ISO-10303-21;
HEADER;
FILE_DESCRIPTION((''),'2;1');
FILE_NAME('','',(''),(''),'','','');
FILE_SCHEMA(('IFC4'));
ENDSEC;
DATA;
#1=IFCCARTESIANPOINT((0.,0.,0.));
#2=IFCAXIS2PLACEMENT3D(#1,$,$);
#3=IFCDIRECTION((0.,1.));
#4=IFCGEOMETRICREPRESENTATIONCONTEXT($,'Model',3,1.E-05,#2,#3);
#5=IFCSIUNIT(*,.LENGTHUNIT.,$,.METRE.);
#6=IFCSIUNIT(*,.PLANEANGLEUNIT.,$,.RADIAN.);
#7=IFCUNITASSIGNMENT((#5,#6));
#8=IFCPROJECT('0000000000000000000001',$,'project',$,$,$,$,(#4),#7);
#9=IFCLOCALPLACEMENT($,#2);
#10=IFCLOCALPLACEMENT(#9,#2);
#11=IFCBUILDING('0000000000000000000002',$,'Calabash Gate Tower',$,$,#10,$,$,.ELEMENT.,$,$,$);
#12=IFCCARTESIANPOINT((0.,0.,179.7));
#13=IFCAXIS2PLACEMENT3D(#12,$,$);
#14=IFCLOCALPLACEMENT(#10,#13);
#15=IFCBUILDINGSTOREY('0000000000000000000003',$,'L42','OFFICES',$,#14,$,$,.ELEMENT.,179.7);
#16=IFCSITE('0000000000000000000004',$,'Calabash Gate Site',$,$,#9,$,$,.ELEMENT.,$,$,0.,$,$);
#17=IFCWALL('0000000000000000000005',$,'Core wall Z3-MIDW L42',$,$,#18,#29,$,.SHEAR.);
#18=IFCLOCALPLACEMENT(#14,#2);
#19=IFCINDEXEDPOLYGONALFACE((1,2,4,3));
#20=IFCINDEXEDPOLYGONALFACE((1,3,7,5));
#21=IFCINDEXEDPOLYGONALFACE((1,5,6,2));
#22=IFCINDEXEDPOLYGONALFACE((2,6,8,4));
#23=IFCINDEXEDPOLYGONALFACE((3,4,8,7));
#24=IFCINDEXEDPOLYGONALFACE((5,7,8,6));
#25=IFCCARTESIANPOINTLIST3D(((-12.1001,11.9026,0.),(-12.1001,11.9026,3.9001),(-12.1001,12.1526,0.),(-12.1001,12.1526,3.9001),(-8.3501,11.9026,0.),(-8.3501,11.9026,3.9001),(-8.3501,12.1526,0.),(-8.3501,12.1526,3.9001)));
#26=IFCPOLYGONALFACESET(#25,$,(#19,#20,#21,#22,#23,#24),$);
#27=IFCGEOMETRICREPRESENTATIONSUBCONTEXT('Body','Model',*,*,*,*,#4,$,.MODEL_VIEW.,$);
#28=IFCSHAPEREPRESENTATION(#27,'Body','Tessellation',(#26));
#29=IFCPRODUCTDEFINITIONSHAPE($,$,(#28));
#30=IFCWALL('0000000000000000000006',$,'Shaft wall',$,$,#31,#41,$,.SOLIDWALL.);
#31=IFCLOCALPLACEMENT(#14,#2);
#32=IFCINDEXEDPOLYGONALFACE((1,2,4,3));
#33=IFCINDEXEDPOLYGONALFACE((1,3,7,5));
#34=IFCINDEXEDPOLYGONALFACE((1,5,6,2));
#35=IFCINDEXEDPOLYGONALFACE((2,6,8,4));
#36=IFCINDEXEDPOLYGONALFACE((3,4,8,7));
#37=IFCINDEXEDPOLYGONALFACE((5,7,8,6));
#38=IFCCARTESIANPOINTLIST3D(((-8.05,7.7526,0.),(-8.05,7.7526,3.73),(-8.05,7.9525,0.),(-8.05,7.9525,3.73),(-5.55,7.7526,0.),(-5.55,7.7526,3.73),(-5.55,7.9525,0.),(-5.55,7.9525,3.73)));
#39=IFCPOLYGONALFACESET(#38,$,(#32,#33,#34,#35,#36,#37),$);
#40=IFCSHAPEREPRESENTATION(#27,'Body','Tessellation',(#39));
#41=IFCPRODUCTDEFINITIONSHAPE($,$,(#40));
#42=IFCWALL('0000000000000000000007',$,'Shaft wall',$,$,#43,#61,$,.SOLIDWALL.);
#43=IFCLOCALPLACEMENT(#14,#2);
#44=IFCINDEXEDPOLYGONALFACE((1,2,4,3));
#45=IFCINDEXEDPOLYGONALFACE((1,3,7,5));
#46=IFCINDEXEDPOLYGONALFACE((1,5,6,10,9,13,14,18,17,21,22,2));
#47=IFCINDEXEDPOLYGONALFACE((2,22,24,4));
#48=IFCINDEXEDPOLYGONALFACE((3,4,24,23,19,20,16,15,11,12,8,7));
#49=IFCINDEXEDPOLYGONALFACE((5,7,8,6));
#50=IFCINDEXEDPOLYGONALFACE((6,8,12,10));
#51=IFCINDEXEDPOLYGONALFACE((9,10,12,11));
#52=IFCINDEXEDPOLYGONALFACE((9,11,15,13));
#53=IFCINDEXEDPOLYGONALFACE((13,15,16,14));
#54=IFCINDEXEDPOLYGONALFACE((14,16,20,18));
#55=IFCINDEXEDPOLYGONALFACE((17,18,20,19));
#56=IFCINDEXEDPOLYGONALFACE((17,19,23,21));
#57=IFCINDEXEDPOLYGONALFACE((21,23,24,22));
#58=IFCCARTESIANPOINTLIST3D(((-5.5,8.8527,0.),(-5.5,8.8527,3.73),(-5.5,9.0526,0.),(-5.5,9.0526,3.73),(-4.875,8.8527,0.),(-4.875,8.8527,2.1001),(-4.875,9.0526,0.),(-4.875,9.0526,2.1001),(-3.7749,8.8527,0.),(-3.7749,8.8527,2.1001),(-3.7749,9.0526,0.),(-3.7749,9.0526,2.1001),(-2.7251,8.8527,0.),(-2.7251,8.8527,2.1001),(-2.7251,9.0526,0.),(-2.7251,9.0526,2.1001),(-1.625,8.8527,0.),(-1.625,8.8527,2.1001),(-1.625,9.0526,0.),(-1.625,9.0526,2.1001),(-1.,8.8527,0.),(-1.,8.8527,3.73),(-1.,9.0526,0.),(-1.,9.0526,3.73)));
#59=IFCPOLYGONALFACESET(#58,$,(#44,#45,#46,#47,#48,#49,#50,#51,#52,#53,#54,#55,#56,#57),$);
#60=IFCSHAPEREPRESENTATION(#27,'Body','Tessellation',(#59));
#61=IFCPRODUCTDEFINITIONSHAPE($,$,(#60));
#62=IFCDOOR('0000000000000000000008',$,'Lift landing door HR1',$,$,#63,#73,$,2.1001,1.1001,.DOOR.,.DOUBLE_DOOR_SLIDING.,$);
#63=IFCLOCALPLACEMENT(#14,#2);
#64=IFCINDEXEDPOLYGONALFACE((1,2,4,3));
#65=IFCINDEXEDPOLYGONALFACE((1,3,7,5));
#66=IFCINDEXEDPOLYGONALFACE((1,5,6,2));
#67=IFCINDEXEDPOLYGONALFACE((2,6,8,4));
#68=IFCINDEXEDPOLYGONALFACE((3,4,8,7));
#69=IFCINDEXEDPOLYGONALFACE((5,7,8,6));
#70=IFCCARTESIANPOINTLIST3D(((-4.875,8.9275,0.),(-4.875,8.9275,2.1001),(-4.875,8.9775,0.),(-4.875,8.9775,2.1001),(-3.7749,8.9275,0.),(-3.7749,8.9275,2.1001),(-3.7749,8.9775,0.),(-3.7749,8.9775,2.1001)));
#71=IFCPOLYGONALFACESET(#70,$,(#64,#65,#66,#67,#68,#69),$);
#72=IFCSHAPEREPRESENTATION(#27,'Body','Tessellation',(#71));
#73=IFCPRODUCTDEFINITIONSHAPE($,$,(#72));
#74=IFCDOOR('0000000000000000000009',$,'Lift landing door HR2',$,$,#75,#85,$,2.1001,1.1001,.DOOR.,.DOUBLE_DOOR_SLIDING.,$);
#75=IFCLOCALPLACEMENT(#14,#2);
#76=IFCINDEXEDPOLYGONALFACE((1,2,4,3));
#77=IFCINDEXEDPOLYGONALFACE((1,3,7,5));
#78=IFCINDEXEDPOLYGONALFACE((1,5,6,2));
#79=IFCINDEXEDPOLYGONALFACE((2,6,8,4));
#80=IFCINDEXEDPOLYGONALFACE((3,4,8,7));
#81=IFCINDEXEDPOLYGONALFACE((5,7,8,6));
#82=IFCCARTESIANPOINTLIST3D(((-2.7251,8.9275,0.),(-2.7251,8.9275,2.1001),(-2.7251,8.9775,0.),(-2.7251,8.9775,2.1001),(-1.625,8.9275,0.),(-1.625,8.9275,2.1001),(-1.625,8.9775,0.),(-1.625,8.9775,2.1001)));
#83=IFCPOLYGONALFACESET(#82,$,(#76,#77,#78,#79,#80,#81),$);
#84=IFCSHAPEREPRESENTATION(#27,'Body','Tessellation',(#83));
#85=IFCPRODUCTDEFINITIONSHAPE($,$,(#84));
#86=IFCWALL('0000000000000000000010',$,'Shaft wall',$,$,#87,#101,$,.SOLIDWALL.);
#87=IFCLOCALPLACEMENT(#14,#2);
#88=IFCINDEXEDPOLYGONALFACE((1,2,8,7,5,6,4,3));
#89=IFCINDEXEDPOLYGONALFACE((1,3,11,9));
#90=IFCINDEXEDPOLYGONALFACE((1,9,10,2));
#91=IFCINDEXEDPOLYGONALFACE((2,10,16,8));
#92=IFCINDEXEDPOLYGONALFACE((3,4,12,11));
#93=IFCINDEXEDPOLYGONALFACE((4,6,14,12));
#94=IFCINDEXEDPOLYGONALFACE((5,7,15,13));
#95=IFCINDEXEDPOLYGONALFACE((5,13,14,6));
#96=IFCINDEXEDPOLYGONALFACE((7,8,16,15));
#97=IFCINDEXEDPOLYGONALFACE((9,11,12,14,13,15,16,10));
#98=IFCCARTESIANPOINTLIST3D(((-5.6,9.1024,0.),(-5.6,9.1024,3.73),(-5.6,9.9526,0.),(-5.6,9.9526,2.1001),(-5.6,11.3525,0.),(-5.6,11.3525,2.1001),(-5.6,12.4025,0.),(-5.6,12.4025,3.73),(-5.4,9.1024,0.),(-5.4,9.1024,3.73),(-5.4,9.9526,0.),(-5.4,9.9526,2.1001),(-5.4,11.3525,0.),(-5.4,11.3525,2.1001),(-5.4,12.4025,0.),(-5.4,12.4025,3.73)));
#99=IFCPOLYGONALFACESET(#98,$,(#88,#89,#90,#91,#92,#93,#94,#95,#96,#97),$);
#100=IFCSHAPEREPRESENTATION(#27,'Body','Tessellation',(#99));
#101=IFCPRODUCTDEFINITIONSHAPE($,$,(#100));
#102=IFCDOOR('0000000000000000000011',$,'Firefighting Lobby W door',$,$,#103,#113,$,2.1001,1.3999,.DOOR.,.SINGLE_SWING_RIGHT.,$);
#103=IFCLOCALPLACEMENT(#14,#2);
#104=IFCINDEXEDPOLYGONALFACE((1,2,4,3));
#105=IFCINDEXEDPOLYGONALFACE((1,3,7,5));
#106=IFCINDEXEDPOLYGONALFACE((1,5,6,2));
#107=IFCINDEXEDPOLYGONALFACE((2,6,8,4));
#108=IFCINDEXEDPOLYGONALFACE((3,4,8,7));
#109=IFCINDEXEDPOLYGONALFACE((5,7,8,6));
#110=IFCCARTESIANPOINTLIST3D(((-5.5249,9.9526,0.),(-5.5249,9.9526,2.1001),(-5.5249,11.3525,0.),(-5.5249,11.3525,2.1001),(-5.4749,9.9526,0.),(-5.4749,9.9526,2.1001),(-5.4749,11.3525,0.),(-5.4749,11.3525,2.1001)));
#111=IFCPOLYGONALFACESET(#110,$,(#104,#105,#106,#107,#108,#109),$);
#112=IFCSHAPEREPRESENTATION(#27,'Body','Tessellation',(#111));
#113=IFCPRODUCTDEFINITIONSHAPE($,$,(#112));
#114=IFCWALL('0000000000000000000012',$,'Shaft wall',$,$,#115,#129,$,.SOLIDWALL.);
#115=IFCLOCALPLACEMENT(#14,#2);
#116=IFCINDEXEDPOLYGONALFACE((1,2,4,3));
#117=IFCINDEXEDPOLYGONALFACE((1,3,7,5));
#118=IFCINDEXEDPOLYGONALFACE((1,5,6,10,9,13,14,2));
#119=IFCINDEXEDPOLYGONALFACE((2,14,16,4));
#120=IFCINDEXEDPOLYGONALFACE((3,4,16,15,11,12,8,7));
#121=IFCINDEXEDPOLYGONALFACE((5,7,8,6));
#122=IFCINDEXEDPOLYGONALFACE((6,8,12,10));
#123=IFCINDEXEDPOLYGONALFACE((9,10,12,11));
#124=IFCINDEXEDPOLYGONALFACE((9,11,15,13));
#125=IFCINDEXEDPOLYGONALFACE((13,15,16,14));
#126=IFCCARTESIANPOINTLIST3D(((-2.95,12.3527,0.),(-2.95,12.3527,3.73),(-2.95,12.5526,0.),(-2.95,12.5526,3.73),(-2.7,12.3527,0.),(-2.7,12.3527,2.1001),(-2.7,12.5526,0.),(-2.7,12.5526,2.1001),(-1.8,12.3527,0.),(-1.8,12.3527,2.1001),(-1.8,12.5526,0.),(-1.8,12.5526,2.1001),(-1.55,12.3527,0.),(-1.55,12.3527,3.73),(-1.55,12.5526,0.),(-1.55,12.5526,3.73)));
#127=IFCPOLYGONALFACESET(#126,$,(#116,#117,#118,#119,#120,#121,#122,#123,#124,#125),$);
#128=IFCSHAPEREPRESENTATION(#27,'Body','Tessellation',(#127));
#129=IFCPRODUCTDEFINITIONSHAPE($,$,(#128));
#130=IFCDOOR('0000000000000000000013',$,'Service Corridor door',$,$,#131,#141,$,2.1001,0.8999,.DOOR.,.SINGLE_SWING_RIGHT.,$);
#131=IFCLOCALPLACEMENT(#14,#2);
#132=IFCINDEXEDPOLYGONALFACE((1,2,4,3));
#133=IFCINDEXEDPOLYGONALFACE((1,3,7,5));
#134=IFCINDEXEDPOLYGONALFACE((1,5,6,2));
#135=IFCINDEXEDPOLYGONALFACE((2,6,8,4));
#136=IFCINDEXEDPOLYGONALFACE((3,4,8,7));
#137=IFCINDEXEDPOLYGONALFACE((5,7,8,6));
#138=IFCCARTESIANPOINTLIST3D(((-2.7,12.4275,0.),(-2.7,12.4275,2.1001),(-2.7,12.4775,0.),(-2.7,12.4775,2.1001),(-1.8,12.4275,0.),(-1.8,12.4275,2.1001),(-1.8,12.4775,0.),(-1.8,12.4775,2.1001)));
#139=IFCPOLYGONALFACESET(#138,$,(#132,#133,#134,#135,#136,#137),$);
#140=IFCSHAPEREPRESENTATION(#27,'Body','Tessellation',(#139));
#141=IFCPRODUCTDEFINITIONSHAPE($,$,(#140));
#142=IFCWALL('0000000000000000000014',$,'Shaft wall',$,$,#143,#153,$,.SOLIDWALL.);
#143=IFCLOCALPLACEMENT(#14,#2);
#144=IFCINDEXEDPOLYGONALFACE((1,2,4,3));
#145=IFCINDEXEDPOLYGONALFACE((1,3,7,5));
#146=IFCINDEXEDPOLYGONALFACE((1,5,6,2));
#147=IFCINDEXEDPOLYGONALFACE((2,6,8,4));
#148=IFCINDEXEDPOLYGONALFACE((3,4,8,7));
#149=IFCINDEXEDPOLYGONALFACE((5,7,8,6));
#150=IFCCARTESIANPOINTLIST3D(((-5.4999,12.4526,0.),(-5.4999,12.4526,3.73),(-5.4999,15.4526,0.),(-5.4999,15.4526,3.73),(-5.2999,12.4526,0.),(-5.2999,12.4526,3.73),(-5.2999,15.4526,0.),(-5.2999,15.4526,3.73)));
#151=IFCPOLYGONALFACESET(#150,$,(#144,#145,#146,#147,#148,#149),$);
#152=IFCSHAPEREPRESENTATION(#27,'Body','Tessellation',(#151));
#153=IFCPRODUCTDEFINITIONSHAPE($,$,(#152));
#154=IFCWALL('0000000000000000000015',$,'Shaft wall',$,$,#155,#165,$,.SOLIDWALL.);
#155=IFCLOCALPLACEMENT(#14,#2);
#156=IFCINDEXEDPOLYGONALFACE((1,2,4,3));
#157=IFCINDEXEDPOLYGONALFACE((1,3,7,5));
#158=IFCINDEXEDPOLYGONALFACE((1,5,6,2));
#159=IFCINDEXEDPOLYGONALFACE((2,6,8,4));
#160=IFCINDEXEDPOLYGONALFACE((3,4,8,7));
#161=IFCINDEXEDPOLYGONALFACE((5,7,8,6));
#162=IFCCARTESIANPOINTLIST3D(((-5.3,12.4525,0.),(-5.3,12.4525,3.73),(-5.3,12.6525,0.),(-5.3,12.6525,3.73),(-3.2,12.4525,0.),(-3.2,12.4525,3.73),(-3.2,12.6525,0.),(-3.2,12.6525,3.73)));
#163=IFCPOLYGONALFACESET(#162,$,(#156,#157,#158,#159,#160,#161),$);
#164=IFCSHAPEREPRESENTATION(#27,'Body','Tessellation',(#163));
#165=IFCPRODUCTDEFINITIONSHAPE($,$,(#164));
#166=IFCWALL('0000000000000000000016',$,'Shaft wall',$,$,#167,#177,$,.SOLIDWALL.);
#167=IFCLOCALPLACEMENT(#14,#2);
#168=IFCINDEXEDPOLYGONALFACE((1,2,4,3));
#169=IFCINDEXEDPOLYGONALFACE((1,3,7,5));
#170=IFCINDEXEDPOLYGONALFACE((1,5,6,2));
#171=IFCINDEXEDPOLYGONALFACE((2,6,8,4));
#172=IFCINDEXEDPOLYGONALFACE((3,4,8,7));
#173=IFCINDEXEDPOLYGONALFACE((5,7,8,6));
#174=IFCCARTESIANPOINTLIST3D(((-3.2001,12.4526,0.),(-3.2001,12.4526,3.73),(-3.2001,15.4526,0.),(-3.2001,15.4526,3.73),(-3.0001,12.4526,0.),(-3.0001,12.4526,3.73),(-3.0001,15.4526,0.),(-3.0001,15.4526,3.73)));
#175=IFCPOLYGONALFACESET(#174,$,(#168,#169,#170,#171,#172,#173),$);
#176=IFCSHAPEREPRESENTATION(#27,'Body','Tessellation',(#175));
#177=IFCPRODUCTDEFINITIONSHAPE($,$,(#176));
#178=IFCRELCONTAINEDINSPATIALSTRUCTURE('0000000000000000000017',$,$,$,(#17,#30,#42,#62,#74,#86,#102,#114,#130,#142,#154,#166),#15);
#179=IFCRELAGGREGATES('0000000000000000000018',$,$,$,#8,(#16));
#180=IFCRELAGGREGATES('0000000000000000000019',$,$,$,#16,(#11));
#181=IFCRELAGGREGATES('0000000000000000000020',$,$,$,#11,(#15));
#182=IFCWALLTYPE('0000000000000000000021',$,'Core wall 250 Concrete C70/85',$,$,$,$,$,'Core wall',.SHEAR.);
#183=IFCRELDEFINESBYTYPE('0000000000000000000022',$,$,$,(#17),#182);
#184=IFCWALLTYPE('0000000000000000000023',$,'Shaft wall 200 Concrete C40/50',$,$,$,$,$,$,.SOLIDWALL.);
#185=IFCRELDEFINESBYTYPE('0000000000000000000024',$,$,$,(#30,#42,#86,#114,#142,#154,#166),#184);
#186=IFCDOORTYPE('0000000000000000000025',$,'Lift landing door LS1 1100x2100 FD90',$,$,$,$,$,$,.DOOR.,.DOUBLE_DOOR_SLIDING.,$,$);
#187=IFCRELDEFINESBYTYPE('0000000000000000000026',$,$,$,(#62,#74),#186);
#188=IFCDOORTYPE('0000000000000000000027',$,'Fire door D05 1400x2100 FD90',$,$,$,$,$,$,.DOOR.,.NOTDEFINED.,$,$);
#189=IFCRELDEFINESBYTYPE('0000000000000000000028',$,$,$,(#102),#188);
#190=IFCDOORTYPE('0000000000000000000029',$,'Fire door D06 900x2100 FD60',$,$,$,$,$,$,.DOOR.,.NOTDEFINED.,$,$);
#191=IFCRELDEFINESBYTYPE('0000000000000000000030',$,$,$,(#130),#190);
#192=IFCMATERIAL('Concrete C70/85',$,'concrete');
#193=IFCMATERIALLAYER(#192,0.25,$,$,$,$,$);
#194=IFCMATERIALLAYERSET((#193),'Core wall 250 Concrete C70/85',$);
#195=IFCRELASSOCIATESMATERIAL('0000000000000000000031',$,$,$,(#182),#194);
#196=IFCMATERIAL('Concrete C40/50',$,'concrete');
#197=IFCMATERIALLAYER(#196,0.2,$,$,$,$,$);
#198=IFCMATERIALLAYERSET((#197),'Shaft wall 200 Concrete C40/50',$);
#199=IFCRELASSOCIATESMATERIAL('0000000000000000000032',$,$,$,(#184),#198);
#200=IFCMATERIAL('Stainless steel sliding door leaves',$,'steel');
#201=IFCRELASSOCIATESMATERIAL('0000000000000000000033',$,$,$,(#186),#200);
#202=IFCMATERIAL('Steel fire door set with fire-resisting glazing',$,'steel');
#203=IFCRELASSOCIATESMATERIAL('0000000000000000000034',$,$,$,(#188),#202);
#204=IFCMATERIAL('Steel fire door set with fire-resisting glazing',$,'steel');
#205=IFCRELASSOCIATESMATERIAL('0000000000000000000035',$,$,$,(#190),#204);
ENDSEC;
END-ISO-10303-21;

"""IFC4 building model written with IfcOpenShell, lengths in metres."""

from ifc_helpers import new_model, si_unit, direction, frame, frame_2d, origin, place, context, subcontext, project, spatial, rectangle, extrude, material, layer, layer_set, type_object, element, fill, save


model = new_model("IFC4")

# Units and contexts
model_context = context("Model", 3, precision=1e-05, world=origin(), true_north=direction((0.0, 1.0)))
body_context = subcontext(model_context, "Body", "Model", "MODEL_VIEW")
ifc_project = project(units=[si_unit("LENGTHUNIT", "METRE"), si_unit("PLANEANGLEUNIT", "RADIAN")], contexts=[model_context])

# Site, building, storey
site_placement = place(None, origin())
site = spatial("IfcSite", under=ifc_project, at=site_placement, Name="Calabash Gate Site", CompositionType="ELEMENT", RefElevation=0.0)
building_placement = place(site_placement, origin())
building = spatial("IfcBuilding", under=site, at=building_placement, Name="Calabash Gate Tower", CompositionType="ELEMENT")
storey_placement = place(building_placement, frame((0.0, 0.0, 179.7)))
storey = spatial("IfcBuildingStorey", under=building, at=storey_placement, Name="L42", Description="OFFICES", CompositionType="ELEMENT", Elevation=179.7)

# Walls
ifc_material_1 = material(Name="Concrete C70/85", Category="concrete")
ifc_layer_1 = layer(ifc_material_1, 0.25)
ifc_layer_set_1 = layer_set([ifc_layer_1], Name="Core wall 250 Concrete C70/85")
wall_type_1 = type_object("IfcWallType", Name="Core wall 250 Concrete C70/85", ElementType="Core wall", PredefinedType="SHEAR", material=ifc_layer_set_1)
wall_1_placement = place(storey_placement, frame((-12.1001, 12.0276, 0.0), z_axis=(0.0, 0.0, 1.0), x_axis=(1.0, 0.0, 0.0)))
element("IfcWall", 1, at=wall_1_placement, inside=storey, type_object=wall_type_1, Name="Core wall Z3-MIDW L42", PredefinedType="SHEAR", context=body_context, shape_type="SweptSolid", body=[
    extrude(rectangle(XDim=3.75, YDim=0.25, at=frame_2d((1.875, 0.0))), origin(), (0.0, 0.0, 1.0), 3.9001),
])
ifc_material_2 = material(Name="Concrete C40/50", Category="concrete")
ifc_layer_2 = layer(ifc_material_2, 0.2)
ifc_layer_set_2 = layer_set([ifc_layer_2], Name="Shaft wall 200 Concrete C40/50")
wall_type_2 = type_object("IfcWallType", Name="Shaft wall 200 Concrete C40/50", PredefinedType="SOLIDWALL", material=ifc_layer_set_2)
wall_2_placement = place(storey_placement, frame((-8.05, 7.8525, 0.0), z_axis=(0.0, 0.0, 1.0), x_axis=(1.0, 0.0, 0.0)))
element("IfcWall", 2, at=wall_2_placement, inside=storey, type_object=wall_type_2, Name="Shaft wall", PredefinedType="SOLIDWALL", context=body_context, shape_type="SweptSolid", body=[
    extrude(rectangle(XDim=2.5, YDim=0.2, at=frame_2d((1.25, 0.0))), origin(), (0.0, 0.0, 1.0), 3.73),
])

# Wall, openings, doors
wall_3_placement = place(storey_placement, frame((-5.5, 8.9526, 0.0), z_axis=(0.0, 0.0, 1.0), x_axis=(1.0, 0.0, 0.0)))
wall_3 = element("IfcWall", 3, at=wall_3_placement, inside=storey, type_object=wall_type_2, Name="Shaft wall", PredefinedType="SOLIDWALL", context=body_context, shape_type="SweptSolid", body=[
    extrude(rectangle(XDim=4.5, YDim=0.2, at=frame_2d((2.25, 0.0))), origin(), (0.0, 0.0, 1.0), 3.73),
])
opening_1_placement = place(wall_3_placement, frame((0.625, 0.0, 0.0)))
opening_1 = element("IfcOpeningElement", 4, at=opening_1_placement, cuts=wall_3, PredefinedType="OPENING", context=body_context, shape_type="SweptSolid", body=[
    extrude(rectangle(XDim=1.1001, YDim=2.1001, at=frame_2d((0.55, 1.05))), frame((0.0, 0.1099, 0.0), z_axis=(0.0, -1.0, 0.0), x_axis=(1.0, 0.0, 0.0)), (0.0, 0.0, 1.0), 0.22),
])
opening_2_placement = place(wall_3_placement, frame((2.7749, 0.0, 0.0)))
opening_2 = element("IfcOpeningElement", 5, at=opening_2_placement, cuts=wall_3, PredefinedType="OPENING", context=body_context, shape_type="SweptSolid", body=[
    extrude(rectangle(XDim=1.1001, YDim=2.1001, at=frame_2d((0.55, 1.05))), frame((0.0, 0.1099, 0.0), z_axis=(0.0, -1.0, 0.0), x_axis=(1.0, 0.0, 0.0)), (0.0, 0.0, 1.0), 0.22),
])
ifc_material_3 = material(Name="Stainless steel sliding door leaves", Category="steel")
door_type_1 = type_object("IfcDoorType", Name="Lift landing door LS1 1100x2100 FD90", OperationType="DOUBLE_DOOR_SLIDING", PredefinedType="DOOR", material=ifc_material_3)
door_1_placement = place(opening_1_placement, origin())
door_1 = element("IfcDoor", 6, at=door_1_placement, inside=storey, type_object=door_type_1, Name="Lift landing door HR1", OperationType="DOUBLE_DOOR_SLIDING", OverallHeight=2.1001, OverallWidth=1.1001, PredefinedType="DOOR", context=body_context, shape_type="SweptSolid", body=[
    extrude(rectangle(XDim=1.1001, YDim=2.1001, at=frame_2d((0.55, 1.05))), frame((0.0, 0.0249, 0.0), z_axis=(0.0, -1.0, 0.0), x_axis=(1.0, 0.0, 0.0)), (0.0, 0.0, 1.0), 0.05),
])
fill(opening_1, door_1)
door_2_placement = place(opening_2_placement, origin())
door_2 = element("IfcDoor", 7, at=door_2_placement, inside=storey, type_object=door_type_1, Name="Lift landing door HR2", OperationType="DOUBLE_DOOR_SLIDING", OverallHeight=2.1001, OverallWidth=1.1001, PredefinedType="DOOR", context=body_context, shape_type="SweptSolid", body=[
    extrude(rectangle(XDim=1.1001, YDim=2.1001, at=frame_2d((0.55, 1.05))), frame((0.0, 0.0249, 0.0), z_axis=(0.0, -1.0, 0.0), x_axis=(1.0, 0.0, 0.0)), (0.0, 0.0, 1.0), 0.05),
])
fill(opening_2, door_2)

# Walls, openings, doors
wall_4_placement = place(storey_placement, frame((-5.5, 9.1025, 0.0), z_axis=(0.0, 0.0, 1.0), x_axis=(0.0, 1.0, 0.0)))
wall_4 = element("IfcWall", 8, at=wall_4_placement, inside=storey, type_object=wall_type_2, Name="Shaft wall", PredefinedType="SOLIDWALL", context=body_context, shape_type="SweptSolid", body=[
    extrude(rectangle(XDim=3.3, YDim=0.2, at=frame_2d((1.6499, 0.0))), origin(), (0.0, 0.0, 1.0), 3.73),
])
opening_3_placement = place(wall_4_placement, frame((0.8501, 0.0, 0.0)))
opening_3 = element("IfcOpeningElement", 9, at=opening_3_placement, cuts=wall_4, PredefinedType="OPENING", context=body_context, shape_type="SweptSolid", body=[
    extrude(rectangle(XDim=1.3999, YDim=2.1001, at=frame_2d((0.7, 1.05))), frame((0.0, 0.1099, 0.0), z_axis=(0.0, -1.0, 0.0), x_axis=(1.0, 0.0, 0.0)), (0.0, 0.0, 1.0), 0.22),
])
ifc_material_4 = material(Name="Steel fire door set with fire-resisting glazing", Category="steel")
door_type_2 = type_object("IfcDoorType", Name="Fire door D05 1400x2100 FD90", OperationType="NOTDEFINED", PredefinedType="DOOR", material=ifc_material_4)
door_3_placement = place(opening_3_placement, origin())
door_3 = element("IfcDoor", 10, at=door_3_placement, inside=storey, type_object=door_type_2, Name="Firefighting Lobby W door", OperationType="SINGLE_SWING_RIGHT", OverallHeight=2.1001, OverallWidth=1.3999, PredefinedType="DOOR", context=body_context, shape_type="SweptSolid", body=[
    extrude(rectangle(XDim=1.3999, YDim=2.1001, at=frame_2d((0.7, 1.05))), frame((0.0, 0.0249, 0.0), z_axis=(0.0, -1.0, 0.0), x_axis=(1.0, 0.0, 0.0)), (0.0, 0.0, 1.0), 0.05),
])
fill(opening_3, door_3)
wall_5_placement = place(storey_placement, frame((-2.95, 12.4526, 0.0), z_axis=(0.0, 0.0, 1.0), x_axis=(1.0, 0.0, 0.0)))
wall_5 = element("IfcWall", 11, at=wall_5_placement, inside=storey, type_object=wall_type_2, Name="Shaft wall", PredefinedType="SOLIDWALL", context=body_context, shape_type="SweptSolid", body=[
    extrude(rectangle(XDim=1.3999, YDim=0.2, at=frame_2d((0.7, 0.0))), origin(), (0.0, 0.0, 1.0), 3.73),
])
opening_4_placement = place(wall_5_placement, frame((0.25, 0.0, 0.0)))
opening_4 = element("IfcOpeningElement", 12, at=opening_4_placement, cuts=wall_5, PredefinedType="OPENING", context=body_context, shape_type="SweptSolid", body=[
    extrude(rectangle(XDim=0.8999, YDim=2.1001, at=frame_2d((0.45, 1.05))), frame((0.0, 0.1099, 0.0), z_axis=(0.0, -1.0, 0.0), x_axis=(1.0, 0.0, 0.0)), (0.0, 0.0, 1.0), 0.22),
])
ifc_material_5 = material(Name="Steel fire door set with fire-resisting glazing", Category="steel")
door_type_3 = type_object("IfcDoorType", Name="Fire door D06 900x2100 FD60", OperationType="NOTDEFINED", PredefinedType="DOOR", material=ifc_material_5)
door_4_placement = place(opening_4_placement, origin())
door_4 = element("IfcDoor", 13, at=door_4_placement, inside=storey, type_object=door_type_3, Name="Service Corridor door", OperationType="SINGLE_SWING_RIGHT", OverallHeight=2.1001, OverallWidth=0.8999, PredefinedType="DOOR", context=body_context, shape_type="SweptSolid", body=[
    extrude(rectangle(XDim=0.8999, YDim=2.1001, at=frame_2d((0.45, 1.05))), frame((0.0, 0.0249, 0.0), z_axis=(0.0, -1.0, 0.0), x_axis=(1.0, 0.0, 0.0)), (0.0, 0.0, 1.0), 0.05),
])
fill(opening_4, door_4)

# Walls
wall_6_placement = place(storey_placement, frame((-5.3999, 12.4526, 0.0), z_axis=(0.0, 0.0, 1.0), x_axis=(0.0, 1.0, 0.0)))
element("IfcWall", 14, at=wall_6_placement, inside=storey, type_object=wall_type_2, Name="Shaft wall", PredefinedType="SOLIDWALL", context=body_context, shape_type="SweptSolid", body=[
    extrude(rectangle(XDim=3.0, YDim=0.2, at=frame_2d((1.5, 0.0))), origin(), (0.0, 0.0, 1.0), 3.73),
])
wall_7_placement = place(storey_placement, frame((-5.3, 12.5525, 0.0), z_axis=(0.0, 0.0, 1.0), x_axis=(1.0, 0.0, 0.0)))
element("IfcWall", 15, at=wall_7_placement, inside=storey, type_object=wall_type_2, Name="Shaft wall", PredefinedType="SOLIDWALL", context=body_context, shape_type="SweptSolid", body=[
    extrude(rectangle(XDim=2.1001, YDim=0.2, at=frame_2d((1.05, 0.0))), origin(), (0.0, 0.0, 1.0), 3.73),
])
wall_8_placement = place(storey_placement, frame((-3.1001, 12.4526, 0.0), z_axis=(0.0, 0.0, 1.0), x_axis=(0.0, 1.0, 0.0)))
element("IfcWall", 16, at=wall_8_placement, inside=storey, type_object=wall_type_2, Name="Shaft wall", PredefinedType="SOLIDWALL", context=body_context, shape_type="SweptSolid", body=[
    extrude(rectangle(XDim=3.0, YDim=0.2, at=frame_2d((1.5, 0.0))), origin(), (0.0, 0.0, 1.0), 3.73),
])

save(model, "model.ifc")
